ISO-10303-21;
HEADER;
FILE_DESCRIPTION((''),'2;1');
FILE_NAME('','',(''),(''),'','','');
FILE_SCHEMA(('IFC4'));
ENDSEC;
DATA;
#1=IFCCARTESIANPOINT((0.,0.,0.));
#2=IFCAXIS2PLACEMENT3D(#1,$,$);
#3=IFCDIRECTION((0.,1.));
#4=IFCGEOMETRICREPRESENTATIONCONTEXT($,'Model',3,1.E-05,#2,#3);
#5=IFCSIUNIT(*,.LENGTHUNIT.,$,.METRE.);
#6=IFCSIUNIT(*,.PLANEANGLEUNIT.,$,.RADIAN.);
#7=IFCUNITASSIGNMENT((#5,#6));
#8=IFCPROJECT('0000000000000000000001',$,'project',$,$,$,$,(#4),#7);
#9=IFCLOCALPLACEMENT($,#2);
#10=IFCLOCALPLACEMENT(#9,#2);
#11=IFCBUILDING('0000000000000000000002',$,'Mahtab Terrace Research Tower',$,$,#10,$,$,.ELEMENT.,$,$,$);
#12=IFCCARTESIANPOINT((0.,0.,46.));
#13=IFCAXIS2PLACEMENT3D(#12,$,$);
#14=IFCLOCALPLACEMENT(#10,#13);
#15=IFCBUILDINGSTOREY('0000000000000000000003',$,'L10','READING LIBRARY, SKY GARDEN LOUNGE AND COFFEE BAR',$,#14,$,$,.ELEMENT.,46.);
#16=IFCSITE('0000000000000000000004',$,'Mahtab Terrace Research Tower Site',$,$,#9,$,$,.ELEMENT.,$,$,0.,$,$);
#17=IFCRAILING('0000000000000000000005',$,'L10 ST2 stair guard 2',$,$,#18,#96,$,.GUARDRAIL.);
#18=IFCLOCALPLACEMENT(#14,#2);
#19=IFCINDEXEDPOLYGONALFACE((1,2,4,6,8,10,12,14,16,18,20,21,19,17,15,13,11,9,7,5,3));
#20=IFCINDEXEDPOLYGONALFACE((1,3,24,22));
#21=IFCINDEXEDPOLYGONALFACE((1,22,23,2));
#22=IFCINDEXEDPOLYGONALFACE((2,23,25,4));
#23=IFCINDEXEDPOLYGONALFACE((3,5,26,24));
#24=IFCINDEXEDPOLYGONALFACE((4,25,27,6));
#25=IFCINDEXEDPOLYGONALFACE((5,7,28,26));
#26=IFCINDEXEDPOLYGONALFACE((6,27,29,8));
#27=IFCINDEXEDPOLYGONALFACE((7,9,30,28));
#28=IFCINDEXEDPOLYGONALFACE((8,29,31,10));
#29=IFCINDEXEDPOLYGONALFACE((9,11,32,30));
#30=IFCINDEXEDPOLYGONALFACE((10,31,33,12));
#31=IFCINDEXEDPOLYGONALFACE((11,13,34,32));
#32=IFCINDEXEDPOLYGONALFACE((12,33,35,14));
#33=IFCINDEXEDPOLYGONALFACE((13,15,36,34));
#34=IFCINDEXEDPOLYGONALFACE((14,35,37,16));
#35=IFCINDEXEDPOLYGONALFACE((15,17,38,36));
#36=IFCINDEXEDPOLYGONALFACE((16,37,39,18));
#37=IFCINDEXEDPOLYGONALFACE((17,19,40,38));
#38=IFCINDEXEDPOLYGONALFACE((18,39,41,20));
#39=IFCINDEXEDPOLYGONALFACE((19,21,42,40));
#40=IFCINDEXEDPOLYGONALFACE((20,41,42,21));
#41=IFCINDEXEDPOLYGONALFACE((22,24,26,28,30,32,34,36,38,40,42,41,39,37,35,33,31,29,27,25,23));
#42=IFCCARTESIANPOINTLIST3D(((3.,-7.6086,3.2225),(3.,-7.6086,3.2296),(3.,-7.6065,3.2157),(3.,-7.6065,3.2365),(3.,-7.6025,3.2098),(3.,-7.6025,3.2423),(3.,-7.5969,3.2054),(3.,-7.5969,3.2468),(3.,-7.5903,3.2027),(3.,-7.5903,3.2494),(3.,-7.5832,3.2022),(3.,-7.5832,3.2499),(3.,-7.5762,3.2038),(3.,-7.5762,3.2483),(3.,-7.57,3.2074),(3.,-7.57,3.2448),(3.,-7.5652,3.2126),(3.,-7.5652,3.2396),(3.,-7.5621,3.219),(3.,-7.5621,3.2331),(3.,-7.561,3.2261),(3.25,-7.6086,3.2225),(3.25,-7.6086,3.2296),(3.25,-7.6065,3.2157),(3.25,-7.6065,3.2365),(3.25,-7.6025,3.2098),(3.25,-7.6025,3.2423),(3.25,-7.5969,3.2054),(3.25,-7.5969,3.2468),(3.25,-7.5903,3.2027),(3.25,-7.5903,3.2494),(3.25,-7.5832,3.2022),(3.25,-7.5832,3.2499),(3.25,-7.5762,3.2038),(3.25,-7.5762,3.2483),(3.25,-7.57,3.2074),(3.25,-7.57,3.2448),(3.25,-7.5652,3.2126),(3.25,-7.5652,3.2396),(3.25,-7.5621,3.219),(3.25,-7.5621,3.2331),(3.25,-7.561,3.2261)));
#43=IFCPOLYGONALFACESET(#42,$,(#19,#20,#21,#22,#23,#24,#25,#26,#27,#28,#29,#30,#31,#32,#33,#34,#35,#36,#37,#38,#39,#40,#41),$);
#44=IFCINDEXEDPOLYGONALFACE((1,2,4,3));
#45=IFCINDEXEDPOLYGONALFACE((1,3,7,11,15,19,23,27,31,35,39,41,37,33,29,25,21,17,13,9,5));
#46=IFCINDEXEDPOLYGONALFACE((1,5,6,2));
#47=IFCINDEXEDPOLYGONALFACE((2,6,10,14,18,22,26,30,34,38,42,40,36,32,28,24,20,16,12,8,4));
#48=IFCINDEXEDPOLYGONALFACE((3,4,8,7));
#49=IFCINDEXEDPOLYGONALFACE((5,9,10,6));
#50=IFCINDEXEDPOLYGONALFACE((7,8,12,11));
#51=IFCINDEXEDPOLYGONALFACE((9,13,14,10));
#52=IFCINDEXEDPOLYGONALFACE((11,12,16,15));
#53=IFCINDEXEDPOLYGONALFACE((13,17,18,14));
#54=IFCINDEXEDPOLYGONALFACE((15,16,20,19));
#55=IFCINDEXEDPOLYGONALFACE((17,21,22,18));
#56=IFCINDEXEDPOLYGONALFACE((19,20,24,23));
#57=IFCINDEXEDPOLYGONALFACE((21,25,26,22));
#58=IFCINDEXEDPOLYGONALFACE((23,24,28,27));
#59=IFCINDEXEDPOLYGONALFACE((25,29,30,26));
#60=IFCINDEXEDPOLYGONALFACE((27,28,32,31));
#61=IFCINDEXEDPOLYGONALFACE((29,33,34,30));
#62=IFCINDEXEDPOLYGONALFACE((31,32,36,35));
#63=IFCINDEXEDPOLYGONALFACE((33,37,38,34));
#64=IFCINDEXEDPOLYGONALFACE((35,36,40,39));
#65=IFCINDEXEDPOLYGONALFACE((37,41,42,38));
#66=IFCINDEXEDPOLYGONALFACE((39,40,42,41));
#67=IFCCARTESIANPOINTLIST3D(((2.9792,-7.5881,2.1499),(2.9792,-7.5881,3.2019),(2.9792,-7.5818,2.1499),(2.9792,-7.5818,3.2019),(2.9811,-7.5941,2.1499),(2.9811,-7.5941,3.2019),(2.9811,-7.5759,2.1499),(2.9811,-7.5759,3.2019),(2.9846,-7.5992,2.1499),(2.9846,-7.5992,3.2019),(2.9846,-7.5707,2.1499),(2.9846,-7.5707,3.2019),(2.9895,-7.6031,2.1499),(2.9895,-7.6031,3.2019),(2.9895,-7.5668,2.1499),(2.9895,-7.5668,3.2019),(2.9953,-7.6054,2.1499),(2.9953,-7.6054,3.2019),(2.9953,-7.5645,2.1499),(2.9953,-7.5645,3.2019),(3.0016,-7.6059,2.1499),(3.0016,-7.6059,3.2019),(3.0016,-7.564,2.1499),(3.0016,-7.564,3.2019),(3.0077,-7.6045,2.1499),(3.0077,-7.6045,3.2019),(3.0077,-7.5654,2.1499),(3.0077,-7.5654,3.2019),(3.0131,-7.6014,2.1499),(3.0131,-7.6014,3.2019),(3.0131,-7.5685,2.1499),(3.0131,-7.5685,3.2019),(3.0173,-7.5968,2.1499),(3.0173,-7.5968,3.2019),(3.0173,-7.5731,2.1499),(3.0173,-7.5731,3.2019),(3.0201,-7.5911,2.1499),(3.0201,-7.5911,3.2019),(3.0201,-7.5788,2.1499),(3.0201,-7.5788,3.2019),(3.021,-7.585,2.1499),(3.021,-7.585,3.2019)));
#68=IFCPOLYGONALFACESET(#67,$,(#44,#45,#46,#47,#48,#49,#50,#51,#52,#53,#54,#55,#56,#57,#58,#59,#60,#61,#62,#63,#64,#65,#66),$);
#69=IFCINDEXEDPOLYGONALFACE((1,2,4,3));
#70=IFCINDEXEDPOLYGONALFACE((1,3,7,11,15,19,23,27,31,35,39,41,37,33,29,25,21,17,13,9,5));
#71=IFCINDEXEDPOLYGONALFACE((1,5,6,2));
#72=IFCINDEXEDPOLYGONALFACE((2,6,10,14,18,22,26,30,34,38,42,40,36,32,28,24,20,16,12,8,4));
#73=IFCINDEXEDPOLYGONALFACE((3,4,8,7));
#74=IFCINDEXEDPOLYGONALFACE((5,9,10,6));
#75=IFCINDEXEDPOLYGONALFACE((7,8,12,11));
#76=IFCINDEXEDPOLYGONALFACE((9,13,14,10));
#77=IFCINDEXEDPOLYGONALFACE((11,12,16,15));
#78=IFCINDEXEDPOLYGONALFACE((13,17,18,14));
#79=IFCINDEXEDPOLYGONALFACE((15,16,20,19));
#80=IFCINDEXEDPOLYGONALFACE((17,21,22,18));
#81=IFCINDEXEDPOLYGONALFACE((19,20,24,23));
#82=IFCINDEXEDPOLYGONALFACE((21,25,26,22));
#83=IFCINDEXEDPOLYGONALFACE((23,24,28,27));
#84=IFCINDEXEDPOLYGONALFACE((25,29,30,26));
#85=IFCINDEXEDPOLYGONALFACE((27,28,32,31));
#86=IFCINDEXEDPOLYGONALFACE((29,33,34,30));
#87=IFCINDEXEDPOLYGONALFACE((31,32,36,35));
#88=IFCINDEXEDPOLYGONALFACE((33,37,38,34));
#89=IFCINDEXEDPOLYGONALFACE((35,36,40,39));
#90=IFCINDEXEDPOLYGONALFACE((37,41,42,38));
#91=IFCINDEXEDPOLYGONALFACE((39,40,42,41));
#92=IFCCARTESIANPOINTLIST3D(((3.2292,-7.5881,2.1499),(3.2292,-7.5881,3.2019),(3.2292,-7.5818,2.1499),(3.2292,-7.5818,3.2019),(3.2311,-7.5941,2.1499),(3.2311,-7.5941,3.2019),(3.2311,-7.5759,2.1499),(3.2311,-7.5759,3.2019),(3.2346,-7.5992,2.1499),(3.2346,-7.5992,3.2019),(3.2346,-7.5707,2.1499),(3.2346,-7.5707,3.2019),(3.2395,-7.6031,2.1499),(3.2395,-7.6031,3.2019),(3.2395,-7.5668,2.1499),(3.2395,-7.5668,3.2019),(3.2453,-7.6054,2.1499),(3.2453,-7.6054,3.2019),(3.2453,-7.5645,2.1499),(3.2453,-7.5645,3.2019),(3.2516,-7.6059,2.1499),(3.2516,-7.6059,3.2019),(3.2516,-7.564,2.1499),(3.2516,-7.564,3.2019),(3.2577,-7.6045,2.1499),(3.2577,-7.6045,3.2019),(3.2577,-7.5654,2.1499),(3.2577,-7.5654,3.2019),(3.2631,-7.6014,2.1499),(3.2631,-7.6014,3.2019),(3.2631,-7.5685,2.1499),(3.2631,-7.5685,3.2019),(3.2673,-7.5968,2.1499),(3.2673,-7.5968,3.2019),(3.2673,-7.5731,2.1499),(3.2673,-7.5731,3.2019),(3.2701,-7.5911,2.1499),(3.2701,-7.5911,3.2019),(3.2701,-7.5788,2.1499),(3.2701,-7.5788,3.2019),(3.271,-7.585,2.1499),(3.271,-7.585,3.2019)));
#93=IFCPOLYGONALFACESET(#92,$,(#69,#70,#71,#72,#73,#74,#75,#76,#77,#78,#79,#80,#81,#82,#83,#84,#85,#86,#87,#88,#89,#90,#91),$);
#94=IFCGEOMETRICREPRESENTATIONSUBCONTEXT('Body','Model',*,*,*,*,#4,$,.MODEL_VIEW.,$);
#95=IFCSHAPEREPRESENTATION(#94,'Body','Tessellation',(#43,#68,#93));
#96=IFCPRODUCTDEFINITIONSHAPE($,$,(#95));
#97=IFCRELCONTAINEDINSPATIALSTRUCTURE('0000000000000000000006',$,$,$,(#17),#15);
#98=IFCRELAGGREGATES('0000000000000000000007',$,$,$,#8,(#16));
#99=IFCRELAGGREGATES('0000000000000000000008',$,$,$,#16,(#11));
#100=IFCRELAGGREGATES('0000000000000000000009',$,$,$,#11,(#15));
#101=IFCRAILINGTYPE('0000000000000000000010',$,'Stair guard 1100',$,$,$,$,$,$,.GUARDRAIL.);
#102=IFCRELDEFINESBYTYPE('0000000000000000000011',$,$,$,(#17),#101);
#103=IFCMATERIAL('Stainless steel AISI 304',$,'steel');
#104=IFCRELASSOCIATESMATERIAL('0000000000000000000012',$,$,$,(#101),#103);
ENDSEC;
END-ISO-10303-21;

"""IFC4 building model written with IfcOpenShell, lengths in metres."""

from ifc_helpers import new_model, si_unit, direction, frame, origin, origin_2d, place, context, subcontext, project, spatial, circle, extrude, material, type_object, element, save


model = new_model("IFC4")

# Units and contexts
model_context = context("Model", 3, precision=1e-05, world=origin(), true_north=direction((0.0, 1.0)))
body_context = subcontext(model_context, "Body", "Model", "MODEL_VIEW")
ifc_project = project(units=[si_unit("LENGTHUNIT", "METRE"), si_unit("PLANEANGLEUNIT", "RADIAN")], contexts=[model_context])

# Site, building, storey
site_placement = place(None, origin())
site = spatial("IfcSite", under=ifc_project, at=site_placement, Name="Mahtab Terrace Research Tower Site", CompositionType="ELEMENT", RefElevation=0.0)
building_placement = place(site_placement, origin())
building = spatial("IfcBuilding", under=site, at=building_placement, Name="Mahtab Terrace Research Tower", CompositionType="ELEMENT")
storey_placement = place(building_placement, frame((0.0, 0.0, 46.0)))
storey = spatial("IfcBuildingStorey", under=building, at=storey_placement, Name="L10", Description="READING LIBRARY, SKY GARDEN LOUNGE AND COFFEE BAR", CompositionType="ELEMENT", Elevation=46.0)

# Railing
ifc_material_1 = material(Name="Stainless steel AISI 304", Category="steel")
railing_type_1 = type_object("IfcRailingType", Name="Stair guard 1100", PredefinedType="GUARDRAIL", material=ifc_material_1)
railing_1_placement = place(storey_placement, frame((3.0, -7.585, 2.1499)))
element("IfcRailing", 1, at=railing_1_placement, inside=storey, type_object=railing_type_1, Name="L10 ST2 stair guard 2", PredefinedType="GUARDRAIL", context=body_context, shape_type="SweptSolid", body=[
    extrude(circle(Radius=0.0239, at=origin_2d()), frame((0.0, 0.0, 1.0762), z_axis=(1.0, 0.0, 0.0), x_axis=(0.0, 1.0, 0.0)), (0.0, 0.0, 1.0), 0.25),
    extrude(circle(Radius=0.021, at=origin_2d()), origin(), (0.0, 0.0, 1.0), 1.052),
    extrude(circle(Radius=0.021, at=origin_2d()), frame((0.25, 0.0, 0.0)), (0.0, 0.0, 1.0), 1.052),
])

save(model, "model.ifc")
